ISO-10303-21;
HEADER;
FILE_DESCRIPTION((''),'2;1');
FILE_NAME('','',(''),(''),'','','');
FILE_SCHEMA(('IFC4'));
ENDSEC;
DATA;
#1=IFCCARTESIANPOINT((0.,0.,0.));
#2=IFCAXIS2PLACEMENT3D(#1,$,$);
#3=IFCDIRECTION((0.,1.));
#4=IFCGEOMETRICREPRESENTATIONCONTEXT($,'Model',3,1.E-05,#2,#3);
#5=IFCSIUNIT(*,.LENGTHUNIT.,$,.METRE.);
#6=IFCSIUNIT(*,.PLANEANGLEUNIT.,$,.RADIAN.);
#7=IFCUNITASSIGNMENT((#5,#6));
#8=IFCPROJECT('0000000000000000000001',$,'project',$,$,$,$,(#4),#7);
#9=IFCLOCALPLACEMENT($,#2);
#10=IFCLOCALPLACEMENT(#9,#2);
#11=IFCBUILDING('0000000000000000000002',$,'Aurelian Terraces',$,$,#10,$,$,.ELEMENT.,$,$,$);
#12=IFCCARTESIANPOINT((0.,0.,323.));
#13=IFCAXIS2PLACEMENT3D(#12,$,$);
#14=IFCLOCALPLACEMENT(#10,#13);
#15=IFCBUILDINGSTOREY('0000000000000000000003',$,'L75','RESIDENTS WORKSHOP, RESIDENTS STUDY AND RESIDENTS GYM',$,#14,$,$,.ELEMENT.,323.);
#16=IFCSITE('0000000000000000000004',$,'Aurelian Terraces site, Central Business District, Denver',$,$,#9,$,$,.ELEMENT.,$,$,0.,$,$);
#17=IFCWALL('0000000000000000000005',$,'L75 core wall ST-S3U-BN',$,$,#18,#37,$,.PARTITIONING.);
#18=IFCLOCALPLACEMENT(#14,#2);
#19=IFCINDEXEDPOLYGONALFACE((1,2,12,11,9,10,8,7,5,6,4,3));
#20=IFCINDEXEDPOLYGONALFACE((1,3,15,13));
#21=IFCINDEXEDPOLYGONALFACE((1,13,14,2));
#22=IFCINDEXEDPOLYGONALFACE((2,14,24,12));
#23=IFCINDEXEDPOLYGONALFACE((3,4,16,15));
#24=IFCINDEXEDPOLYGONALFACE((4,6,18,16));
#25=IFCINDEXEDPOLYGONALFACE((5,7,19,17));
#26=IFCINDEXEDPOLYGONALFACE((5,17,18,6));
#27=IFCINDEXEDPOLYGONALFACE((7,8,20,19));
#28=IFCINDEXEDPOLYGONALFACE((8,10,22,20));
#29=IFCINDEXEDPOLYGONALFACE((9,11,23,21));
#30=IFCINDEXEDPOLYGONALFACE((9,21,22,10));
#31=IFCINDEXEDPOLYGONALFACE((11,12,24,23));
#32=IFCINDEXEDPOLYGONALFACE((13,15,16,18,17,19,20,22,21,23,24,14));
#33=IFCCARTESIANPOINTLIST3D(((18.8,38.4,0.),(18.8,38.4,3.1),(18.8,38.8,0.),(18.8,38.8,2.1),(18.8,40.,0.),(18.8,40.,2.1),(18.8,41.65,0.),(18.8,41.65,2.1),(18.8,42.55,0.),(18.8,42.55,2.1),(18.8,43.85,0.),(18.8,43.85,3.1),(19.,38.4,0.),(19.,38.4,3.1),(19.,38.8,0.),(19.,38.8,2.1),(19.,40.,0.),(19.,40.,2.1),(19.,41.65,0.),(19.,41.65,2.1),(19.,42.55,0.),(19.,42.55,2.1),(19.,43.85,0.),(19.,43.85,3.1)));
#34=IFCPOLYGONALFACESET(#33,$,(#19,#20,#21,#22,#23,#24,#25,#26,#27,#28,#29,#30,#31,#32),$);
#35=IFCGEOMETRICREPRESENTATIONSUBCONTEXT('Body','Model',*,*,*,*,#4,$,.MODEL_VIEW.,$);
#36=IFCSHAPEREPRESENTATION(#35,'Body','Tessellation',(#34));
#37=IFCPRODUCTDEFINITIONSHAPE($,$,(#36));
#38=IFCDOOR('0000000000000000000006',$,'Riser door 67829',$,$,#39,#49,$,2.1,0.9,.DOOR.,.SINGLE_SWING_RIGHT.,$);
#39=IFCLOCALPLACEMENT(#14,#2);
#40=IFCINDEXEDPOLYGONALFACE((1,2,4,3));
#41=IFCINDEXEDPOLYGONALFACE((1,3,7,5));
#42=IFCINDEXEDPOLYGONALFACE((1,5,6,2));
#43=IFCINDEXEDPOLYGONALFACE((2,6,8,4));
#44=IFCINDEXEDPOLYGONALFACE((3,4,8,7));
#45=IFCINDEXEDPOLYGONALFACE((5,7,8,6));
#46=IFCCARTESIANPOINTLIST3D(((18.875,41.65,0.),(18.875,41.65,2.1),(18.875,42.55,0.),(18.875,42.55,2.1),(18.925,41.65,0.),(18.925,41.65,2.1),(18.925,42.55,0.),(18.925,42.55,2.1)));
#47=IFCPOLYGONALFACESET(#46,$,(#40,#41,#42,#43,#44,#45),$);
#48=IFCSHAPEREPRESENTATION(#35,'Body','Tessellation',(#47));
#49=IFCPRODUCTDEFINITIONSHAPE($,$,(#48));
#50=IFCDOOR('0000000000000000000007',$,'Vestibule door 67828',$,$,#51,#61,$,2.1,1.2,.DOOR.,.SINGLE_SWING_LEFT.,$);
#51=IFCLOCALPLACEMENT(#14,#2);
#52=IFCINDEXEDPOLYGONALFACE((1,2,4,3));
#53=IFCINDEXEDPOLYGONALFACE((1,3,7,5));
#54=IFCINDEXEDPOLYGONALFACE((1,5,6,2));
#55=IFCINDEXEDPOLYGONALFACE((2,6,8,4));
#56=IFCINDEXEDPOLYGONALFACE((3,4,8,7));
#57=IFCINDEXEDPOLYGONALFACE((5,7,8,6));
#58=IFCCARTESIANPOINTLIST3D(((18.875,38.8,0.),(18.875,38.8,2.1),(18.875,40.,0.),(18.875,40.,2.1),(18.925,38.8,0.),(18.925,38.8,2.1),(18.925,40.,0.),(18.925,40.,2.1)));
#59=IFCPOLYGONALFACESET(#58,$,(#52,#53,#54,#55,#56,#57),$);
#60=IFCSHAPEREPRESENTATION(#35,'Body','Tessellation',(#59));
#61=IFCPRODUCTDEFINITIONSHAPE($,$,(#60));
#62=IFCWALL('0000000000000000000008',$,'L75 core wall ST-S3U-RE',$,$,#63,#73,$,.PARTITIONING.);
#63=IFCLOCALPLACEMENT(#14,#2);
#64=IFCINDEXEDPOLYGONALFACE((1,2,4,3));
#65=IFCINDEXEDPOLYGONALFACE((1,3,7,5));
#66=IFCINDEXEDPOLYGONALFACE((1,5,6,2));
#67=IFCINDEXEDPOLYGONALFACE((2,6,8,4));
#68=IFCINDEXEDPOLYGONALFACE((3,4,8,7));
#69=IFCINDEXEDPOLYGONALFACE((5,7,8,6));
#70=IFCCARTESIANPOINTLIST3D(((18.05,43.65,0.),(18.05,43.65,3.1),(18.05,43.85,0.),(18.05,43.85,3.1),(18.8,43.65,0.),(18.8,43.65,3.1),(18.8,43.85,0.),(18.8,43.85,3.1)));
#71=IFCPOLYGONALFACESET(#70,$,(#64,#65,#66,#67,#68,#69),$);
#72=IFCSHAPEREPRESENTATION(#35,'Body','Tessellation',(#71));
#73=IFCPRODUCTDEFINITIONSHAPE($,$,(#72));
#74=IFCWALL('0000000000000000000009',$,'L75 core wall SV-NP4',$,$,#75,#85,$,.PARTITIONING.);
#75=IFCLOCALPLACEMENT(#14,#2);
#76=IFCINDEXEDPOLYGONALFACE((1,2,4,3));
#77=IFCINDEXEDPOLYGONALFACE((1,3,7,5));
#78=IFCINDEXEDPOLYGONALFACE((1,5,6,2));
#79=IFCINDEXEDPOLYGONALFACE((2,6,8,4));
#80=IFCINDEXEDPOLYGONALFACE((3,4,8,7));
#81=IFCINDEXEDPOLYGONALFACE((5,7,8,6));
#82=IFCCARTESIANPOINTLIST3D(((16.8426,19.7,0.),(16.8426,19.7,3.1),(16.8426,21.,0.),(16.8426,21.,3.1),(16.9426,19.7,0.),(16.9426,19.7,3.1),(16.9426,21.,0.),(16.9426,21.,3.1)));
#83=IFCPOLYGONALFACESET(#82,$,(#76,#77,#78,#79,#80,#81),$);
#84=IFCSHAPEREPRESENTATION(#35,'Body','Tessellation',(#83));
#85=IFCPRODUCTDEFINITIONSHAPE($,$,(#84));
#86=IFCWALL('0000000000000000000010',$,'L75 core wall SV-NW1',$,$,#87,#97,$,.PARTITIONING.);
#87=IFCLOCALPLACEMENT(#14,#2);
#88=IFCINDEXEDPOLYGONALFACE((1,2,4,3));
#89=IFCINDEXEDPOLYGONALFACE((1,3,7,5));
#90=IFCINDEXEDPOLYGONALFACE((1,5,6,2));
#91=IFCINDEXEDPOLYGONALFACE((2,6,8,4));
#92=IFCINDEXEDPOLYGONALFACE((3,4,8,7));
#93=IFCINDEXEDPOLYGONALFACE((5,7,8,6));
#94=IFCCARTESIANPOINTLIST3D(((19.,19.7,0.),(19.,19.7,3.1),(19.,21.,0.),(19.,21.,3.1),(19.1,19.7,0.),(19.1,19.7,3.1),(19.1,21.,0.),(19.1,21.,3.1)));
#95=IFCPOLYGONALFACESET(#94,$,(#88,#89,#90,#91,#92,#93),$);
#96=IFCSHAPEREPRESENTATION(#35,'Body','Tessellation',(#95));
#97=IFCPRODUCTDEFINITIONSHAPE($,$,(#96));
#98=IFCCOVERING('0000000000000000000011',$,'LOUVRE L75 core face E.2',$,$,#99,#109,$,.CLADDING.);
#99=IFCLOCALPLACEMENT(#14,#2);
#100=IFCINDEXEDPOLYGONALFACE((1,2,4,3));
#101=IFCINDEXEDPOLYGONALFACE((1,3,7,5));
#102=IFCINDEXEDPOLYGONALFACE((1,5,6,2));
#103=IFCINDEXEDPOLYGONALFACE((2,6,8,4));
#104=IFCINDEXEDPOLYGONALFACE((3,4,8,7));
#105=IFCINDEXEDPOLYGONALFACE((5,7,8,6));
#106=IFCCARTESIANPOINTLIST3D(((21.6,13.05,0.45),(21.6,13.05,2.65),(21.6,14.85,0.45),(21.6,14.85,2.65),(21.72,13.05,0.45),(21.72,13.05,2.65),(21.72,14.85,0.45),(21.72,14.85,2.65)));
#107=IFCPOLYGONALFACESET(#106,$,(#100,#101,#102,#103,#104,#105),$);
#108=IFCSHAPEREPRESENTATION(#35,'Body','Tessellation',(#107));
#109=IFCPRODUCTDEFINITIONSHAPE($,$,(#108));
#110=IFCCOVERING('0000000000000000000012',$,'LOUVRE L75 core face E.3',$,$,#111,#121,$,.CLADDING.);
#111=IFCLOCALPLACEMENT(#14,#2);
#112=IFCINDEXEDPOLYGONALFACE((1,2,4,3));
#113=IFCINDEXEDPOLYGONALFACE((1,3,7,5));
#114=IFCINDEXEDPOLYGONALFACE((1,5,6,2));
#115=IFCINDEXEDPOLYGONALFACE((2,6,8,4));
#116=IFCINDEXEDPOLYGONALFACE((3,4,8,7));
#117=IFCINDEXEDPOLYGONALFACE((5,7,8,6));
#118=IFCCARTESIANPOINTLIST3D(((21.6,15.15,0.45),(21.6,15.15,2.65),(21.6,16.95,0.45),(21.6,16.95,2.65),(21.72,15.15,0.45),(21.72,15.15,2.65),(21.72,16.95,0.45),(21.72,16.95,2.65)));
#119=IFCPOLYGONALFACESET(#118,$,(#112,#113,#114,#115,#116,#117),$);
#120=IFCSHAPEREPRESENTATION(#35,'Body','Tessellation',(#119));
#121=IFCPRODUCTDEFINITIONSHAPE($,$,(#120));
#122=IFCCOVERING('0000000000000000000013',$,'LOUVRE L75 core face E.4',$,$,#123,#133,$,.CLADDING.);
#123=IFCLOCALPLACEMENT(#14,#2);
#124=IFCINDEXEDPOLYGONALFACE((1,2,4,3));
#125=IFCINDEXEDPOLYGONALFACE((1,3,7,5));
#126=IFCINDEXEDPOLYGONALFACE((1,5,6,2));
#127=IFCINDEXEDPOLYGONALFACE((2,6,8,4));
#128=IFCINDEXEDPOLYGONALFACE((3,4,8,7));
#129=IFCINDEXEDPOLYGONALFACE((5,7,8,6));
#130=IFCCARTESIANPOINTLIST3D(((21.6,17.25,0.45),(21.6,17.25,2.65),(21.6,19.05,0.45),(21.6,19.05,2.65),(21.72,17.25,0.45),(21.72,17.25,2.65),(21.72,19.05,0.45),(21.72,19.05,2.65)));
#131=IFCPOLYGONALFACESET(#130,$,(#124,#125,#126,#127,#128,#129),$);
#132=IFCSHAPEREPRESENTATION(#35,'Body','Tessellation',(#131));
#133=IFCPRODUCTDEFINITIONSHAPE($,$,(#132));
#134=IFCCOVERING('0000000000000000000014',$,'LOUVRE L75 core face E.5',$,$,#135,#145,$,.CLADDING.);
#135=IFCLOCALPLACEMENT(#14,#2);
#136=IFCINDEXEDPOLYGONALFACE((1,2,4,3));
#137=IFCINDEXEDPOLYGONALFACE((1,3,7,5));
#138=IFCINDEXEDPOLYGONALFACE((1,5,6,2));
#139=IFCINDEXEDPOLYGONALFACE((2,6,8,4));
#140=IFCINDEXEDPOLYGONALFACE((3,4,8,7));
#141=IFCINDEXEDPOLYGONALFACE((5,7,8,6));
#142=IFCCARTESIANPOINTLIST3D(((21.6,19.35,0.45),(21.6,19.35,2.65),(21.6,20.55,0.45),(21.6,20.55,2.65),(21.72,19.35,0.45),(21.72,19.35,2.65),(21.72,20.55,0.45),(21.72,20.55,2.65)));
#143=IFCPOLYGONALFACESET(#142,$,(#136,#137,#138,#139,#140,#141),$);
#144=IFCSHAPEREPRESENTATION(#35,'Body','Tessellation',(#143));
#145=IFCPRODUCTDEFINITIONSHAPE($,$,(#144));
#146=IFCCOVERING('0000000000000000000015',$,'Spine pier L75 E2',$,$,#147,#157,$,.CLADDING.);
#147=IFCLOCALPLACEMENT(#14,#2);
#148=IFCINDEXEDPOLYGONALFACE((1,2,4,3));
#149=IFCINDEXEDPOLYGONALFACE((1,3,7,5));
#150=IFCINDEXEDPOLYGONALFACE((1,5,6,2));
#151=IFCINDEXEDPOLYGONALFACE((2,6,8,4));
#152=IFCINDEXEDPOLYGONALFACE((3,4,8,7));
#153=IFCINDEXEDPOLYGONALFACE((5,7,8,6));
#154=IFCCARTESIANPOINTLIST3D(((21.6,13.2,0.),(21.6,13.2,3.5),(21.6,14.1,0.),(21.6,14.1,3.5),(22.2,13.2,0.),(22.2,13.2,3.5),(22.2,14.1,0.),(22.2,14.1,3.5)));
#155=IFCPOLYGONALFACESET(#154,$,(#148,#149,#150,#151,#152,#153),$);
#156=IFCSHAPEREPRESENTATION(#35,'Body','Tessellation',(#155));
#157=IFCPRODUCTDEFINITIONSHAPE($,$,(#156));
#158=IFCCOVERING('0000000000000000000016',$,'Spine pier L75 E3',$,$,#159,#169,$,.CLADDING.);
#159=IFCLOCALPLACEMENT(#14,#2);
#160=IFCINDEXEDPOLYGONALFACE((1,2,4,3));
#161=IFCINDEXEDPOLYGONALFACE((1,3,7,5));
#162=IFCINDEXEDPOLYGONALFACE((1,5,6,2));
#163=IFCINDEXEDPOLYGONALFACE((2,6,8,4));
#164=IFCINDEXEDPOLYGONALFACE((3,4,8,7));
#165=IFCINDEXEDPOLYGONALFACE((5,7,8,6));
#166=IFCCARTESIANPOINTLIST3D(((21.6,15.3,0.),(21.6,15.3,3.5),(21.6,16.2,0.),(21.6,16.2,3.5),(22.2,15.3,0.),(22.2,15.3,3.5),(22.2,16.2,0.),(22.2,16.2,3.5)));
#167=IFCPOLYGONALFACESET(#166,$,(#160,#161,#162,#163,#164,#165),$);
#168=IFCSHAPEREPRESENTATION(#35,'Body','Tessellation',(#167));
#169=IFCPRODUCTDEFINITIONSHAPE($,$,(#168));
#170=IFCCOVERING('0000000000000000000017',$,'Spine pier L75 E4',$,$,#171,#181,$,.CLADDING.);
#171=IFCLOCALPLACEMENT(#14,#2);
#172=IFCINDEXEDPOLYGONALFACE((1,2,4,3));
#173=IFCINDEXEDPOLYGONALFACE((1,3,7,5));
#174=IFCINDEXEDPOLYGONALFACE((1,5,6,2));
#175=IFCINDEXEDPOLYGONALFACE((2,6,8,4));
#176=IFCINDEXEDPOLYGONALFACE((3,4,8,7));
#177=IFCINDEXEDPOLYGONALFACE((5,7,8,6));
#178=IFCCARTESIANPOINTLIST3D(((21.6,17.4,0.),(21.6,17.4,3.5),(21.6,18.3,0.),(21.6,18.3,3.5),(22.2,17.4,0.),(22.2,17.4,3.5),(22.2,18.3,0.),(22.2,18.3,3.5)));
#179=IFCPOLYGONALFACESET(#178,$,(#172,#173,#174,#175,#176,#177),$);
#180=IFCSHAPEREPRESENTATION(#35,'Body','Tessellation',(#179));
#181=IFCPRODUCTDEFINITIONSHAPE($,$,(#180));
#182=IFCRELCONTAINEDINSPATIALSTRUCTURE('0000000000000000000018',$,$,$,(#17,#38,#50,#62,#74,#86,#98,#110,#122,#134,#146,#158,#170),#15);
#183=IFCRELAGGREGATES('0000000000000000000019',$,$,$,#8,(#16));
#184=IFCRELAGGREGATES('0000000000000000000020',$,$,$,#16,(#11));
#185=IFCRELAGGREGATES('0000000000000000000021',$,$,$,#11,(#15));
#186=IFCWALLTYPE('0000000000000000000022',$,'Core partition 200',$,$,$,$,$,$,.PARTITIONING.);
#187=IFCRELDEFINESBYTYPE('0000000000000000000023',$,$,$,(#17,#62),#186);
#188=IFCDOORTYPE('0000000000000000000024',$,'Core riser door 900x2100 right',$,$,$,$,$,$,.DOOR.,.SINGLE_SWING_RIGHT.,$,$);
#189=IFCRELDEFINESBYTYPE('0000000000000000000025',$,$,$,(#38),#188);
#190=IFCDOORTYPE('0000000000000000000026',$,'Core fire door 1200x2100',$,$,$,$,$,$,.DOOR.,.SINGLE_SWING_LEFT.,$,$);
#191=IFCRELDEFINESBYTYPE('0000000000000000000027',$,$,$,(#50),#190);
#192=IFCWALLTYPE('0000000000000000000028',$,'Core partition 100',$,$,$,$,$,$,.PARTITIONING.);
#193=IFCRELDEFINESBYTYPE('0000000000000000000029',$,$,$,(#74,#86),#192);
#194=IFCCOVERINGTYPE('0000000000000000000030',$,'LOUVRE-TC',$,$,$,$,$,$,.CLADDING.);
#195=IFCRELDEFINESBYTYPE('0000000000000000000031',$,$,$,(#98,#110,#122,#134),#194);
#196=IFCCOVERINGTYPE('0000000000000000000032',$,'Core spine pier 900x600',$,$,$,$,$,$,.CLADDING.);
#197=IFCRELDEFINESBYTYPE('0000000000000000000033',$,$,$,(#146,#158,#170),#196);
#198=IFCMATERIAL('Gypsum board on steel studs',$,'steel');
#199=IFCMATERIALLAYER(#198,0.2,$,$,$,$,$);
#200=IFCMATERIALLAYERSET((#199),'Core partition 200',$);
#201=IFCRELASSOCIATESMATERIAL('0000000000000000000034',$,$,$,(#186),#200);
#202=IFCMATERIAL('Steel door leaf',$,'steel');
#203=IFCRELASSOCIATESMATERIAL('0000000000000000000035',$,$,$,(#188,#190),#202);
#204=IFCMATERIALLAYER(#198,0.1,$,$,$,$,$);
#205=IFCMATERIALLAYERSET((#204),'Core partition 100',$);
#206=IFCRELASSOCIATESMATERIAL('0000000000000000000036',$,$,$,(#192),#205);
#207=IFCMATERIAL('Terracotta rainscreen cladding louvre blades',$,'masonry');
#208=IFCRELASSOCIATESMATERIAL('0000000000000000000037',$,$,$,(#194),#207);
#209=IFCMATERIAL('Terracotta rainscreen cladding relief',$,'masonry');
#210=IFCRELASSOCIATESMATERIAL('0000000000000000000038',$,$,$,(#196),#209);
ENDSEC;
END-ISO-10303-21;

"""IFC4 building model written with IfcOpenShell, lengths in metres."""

from ifc_helpers import new_model, si_unit, direction, frame, frame_2d, origin, origin_2d, place, context, subcontext, project, spatial, rectangle, extrude, source, transform, mapped, material, layer, layer_set, type_object, element, fill, save


model = new_model("IFC4")

# Units and contexts
model_context = context("Model", 3, precision=1e-05, world=origin(), true_north=direction((0.0, 1.0)))
body_context = subcontext(model_context, "Body", "Model", "MODEL_VIEW")
ifc_project = project(units=[si_unit("LENGTHUNIT", "METRE"), si_unit("PLANEANGLEUNIT", "RADIAN")], contexts=[model_context])

# Site, building, storey
site_placement = place(None, origin())
site = spatial("IfcSite", under=ifc_project, at=site_placement, Name="Aurelian Terraces site, Central Business District, Denver", CompositionType="ELEMENT", RefElevation=0.0)
building_placement = place(site_placement, origin())
building = spatial("IfcBuilding", under=site, at=building_placement, Name="Aurelian Terraces", CompositionType="ELEMENT")
storey_placement = place(building_placement, frame((0.0, 0.0, 323.0)))
storey = spatial("IfcBuildingStorey", under=building, at=storey_placement, Name="L75", Description="RESIDENTS WORKSHOP, RESIDENTS STUDY AND RESIDENTS GYM", CompositionType="ELEMENT", Elevation=323.0)

# Shared definitions
shared_shape_1 = source(origin(), body_context, "Body", "SweptSolid", [
    extrude(rectangle(XDim=0.9, YDim=2.1, at=frame_2d((0.45, 1.05))), frame((0.0, 0.025, 0.0), z_axis=(0.0, -1.0, 0.0), x_axis=(1.0, 0.0, 0.0)), (0.0, 0.0, 1.0), 0.05),
])

# Wall, openings, doors
ifc_material_1 = material(Name="Gypsum board on steel studs", Category="steel")
ifc_layer_1 = layer(ifc_material_1, 0.2)
ifc_layer_set_1 = layer_set([ifc_layer_1], Name="Core partition 200")
wall_type_1 = type_object("IfcWallType", Name="Core partition 200", PredefinedType="PARTITIONING", material=ifc_layer_set_1)
shared_shape_2 = source(origin(), body_context, "Body", "SweptSolid", [
    extrude(rectangle(XDim=5.45, YDim=0.2, at=frame_2d((2.725, 0.0))), origin(), (0.0, 0.0, 1.0), 3.1),
])
wall_1_placement = place(storey_placement, frame((18.9, 38.4, 0.0), z_axis=(0.0, 0.0, 1.0), x_axis=(0.0, 1.0, 0.0)))
wall_1 = element("IfcWall", 1, at=wall_1_placement, inside=storey, type_object=wall_type_1, Name="L75 core wall ST-S3U-BN", PredefinedType="PARTITIONING", context=body_context, shape_type="MappedRepresentation", body=[
    mapped(shared_shape_2, transform((0.0, 0.0, 0.0), scale=1.0)),
])
shared_shape_3 = source(origin(), body_context, "Body", "SweptSolid", [
    extrude(rectangle(XDim=1.2, YDim=2.1, at=frame_2d((0.6, 1.05))), frame((0.0, 0.11, 0.0), z_axis=(0.0, -1.0, 0.0), x_axis=(1.0, 0.0, 0.0)), (0.0, 0.0, 1.0), 0.22),
])
opening_1_placement = place(wall_1_placement, frame((0.4, 0.0, 0.0)))
opening_1 = element("IfcOpeningElement", 2, at=opening_1_placement, cuts=wall_1, PredefinedType="OPENING", context=body_context, shape_type="MappedRepresentation", body=[
    mapped(shared_shape_3, transform((0.0, 0.0, 0.0), scale=1.0)),
])
shared_shape_4 = source(origin(), body_context, "Body", "SweptSolid", [
    extrude(rectangle(XDim=0.9, YDim=2.1, at=frame_2d((0.45, 1.05))), frame((0.0, 0.11, 0.0), z_axis=(0.0, -1.0, 0.0), x_axis=(1.0, 0.0, 0.0)), (0.0, 0.0, 1.0), 0.22),
])
opening_2_placement = place(wall_1_placement, frame((3.25, 0.0, 0.0)))
opening_2 = element("IfcOpeningElement", 3, at=opening_2_placement, cuts=wall_1, PredefinedType="OPENING", context=body_context, shape_type="MappedRepresentation", body=[
    mapped(shared_shape_4, transform((0.0, 0.0, 0.0), scale=1.0)),
])
ifc_material_2 = material(Name="Steel door leaf", Category="steel")
door_type_1 = type_object("IfcDoorType", Name="Core riser door 900x2100 right", OperationType="SINGLE_SWING_RIGHT", PredefinedType="DOOR", material=ifc_material_2)
door_1_placement = place(opening_2_placement, origin())
door_1 = element("IfcDoor", 4, at=door_1_placement, inside=storey, type_object=door_type_1, Name="Riser door 67829", OperationType="SINGLE_SWING_RIGHT", OverallHeight=2.1, OverallWidth=0.9, PredefinedType="DOOR", context=body_context, shape_type="MappedRepresentation", body=[
    mapped(shared_shape_1, transform((0.0, 0.0, 0.0), scale=1.0)),
])
fill(opening_2, door_1)
door_type_2 = type_object("IfcDoorType", Name="Core fire door 1200x2100", OperationType="SINGLE_SWING_LEFT", PredefinedType="DOOR", material=ifc_material_2)
shared_shape_5 = source(origin(), body_context, "Body", "SweptSolid", [
    extrude(rectangle(XDim=1.2, YDim=2.1, at=frame_2d((0.6, 1.05))), frame((0.0, 0.025, 0.0), z_axis=(0.0, -1.0, 0.0), x_axis=(1.0, 0.0, 0.0)), (0.0, 0.0, 1.0), 0.05),
])
door_2_placement = place(opening_1_placement, origin())
door_2 = element("IfcDoor", 5, at=door_2_placement, inside=storey, type_object=door_type_2, Name="Vestibule door 67828", OperationType="SINGLE_SWING_LEFT", OverallHeight=2.1, OverallWidth=1.2, PredefinedType="DOOR", context=body_context, shape_type="MappedRepresentation", body=[
    mapped(shared_shape_5, transform((0.0, 0.0, 0.0), scale=1.0)),
])
fill(opening_1, door_2)

# Walls
shared_shape_6 = source(origin(), body_context, "Body", "SweptSolid", [
    extrude(rectangle(XDim=0.75, YDim=0.2, at=frame_2d((0.375, 0.0))), origin(), (0.0, 0.0, 1.0), 3.1),
])
wall_2_placement = place(storey_placement, frame((18.05, 43.75, 0.0), z_axis=(0.0, 0.0, 1.0), x_axis=(1.0, 0.0, 0.0)))
element("IfcWall", 6, at=wall_2_placement, inside=storey, type_object=wall_type_1, Name="L75 core wall ST-S3U-RE", PredefinedType="PARTITIONING", context=body_context, shape_type="MappedRepresentation", body=[
    mapped(shared_shape_6, transform((0.0, 0.0, 0.0), scale=1.0)),
])
ifc_layer_2 = layer(ifc_material_1, 0.1)
ifc_layer_set_2 = layer_set([ifc_layer_2], Name="Core partition 100")
wall_type_2 = type_object("IfcWallType", Name="Core partition 100", PredefinedType="PARTITIONING", material=ifc_layer_set_2)
shared_shape_7 = source(origin(), body_context, "Body", "SweptSolid", [
    extrude(rectangle(XDim=1.3, YDim=0.1, at=frame_2d((0.65, 0.0))), origin(), (0.0, 0.0, 1.0), 3.1),
])
for number, where, z_axis, x_axis, name in (
    (7, (16.8926, 19.7, 0.0), (0.0, 0.0, 1.0), (0.0, 1.0, 0.0), "L75 core wall SV-NP4"),
    (8, (19.05, 19.7, 0.0), (0.0, 0.0, 1.0), (0.0, 1.0, 0.0), "L75 core wall SV-NW1"),
):
    element("IfcWall", number, at=place(storey_placement, frame(where, z_axis=z_axis, x_axis=x_axis)), inside=storey, type_object=wall_type_2, Name=name, PredefinedType="PARTITIONING", context=body_context, shape_type="MappedRepresentation", body=[
        mapped(shared_shape_7, transform((0.0, 0.0, 0.0), scale=1.0)),
    ])

# Coverings
ifc_material_3 = material(Name="Terracotta rainscreen cladding louvre blades", Category="masonry")
covering_type_1 = type_object("IfcCoveringType", Name="LOUVRE-TC", PredefinedType="CLADDING", material=ifc_material_3)
shared_shape_8 = source(origin(), body_context, "Body", "SweptSolid", [
    extrude(rectangle(XDim=0.12, YDim=1.8, at=origin_2d()), origin(), (0.0, 0.0, 1.0), 2.2),
])
for number, where, z_axis, x_axis, name in (
    (9, (21.66, 13.95, 0.45), (0.0, 0.0, 1.0), (1.0, 0.0, 0.0), "LOUVRE L75 core face E.2"),
    (10, (21.66, 16.05, 0.45), (0.0, 0.0, 1.0), (1.0, 0.0, 0.0), "LOUVRE L75 core face E.3"),
    (11, (21.66, 18.15, 0.45), (0.0, 0.0, 1.0), (1.0, 0.0, 0.0), "LOUVRE L75 core face E.4"),
):
    element("IfcCovering", number, at=place(storey_placement, frame(where, z_axis=z_axis, x_axis=x_axis)), inside=storey, type_object=covering_type_1, Name=name, PredefinedType="CLADDING", context=body_context, shape_type="MappedRepresentation", body=[
        mapped(shared_shape_8, transform((0.0, 0.0, 0.0), scale=1.0)),
    ])
shared_shape_9 = source(origin(), body_context, "Body", "SweptSolid", [
    extrude(rectangle(XDim=0.12, YDim=1.2, at=origin_2d()), origin(), (0.0, 0.0, 1.0), 2.2),
])
covering_placement = place(storey_placement, frame((21.66, 19.95, 0.45), z_axis=(0.0, 0.0, 1.0), x_axis=(1.0, 0.0, 0.0)))
element("IfcCovering", 12, at=covering_placement, inside=storey, type_object=covering_type_1, Name="LOUVRE L75 core face E.5", PredefinedType="CLADDING", context=body_context, shape_type="MappedRepresentation", body=[
    mapped(shared_shape_9, transform((0.0, 0.0, 0.0), scale=1.0)),
])

# Coverings
ifc_material_4 = material(Name="Terracotta rainscreen cladding relief", Category="masonry")
covering_type_2 = type_object("IfcCoveringType", Name="Core spine pier 900x600", PredefinedType="CLADDING", material=ifc_material_4)
shared_shape_10 = source(origin(), body_context, "Body", "SweptSolid", [
    extrude(rectangle(XDim=0.6, YDim=0.9, at=origin_2d()), origin(), (0.0, 0.0, 1.0), 3.5),
])
for number, where, z_axis, x_axis, name in (
    (13, (21.9, 13.65, 0.0), (0.0, 0.0, 1.0), (1.0, 0.0, 0.0), "Spine pier L75 E2"),
    (14, (21.9, 15.75, 0.0), (0.0, 0.0, 1.0), (1.0, 0.0, 0.0), "Spine pier L75 E3"),
    (15, (21.9, 17.85, 0.0), (0.0, 0.0, 1.0), (1.0, 0.0, 0.0), "Spine pier L75 E4"),
):
    element("IfcCovering", number, at=place(storey_placement, frame(where, z_axis=z_axis, x_axis=x_axis)), inside=storey, type_object=covering_type_2, Name=name, PredefinedType="CLADDING", context=body_context, shape_type="MappedRepresentation", body=[
        mapped(shared_shape_10, transform((0.0, 0.0, 0.0), scale=1.0)),
    ])

save(model, "model.ifc")
